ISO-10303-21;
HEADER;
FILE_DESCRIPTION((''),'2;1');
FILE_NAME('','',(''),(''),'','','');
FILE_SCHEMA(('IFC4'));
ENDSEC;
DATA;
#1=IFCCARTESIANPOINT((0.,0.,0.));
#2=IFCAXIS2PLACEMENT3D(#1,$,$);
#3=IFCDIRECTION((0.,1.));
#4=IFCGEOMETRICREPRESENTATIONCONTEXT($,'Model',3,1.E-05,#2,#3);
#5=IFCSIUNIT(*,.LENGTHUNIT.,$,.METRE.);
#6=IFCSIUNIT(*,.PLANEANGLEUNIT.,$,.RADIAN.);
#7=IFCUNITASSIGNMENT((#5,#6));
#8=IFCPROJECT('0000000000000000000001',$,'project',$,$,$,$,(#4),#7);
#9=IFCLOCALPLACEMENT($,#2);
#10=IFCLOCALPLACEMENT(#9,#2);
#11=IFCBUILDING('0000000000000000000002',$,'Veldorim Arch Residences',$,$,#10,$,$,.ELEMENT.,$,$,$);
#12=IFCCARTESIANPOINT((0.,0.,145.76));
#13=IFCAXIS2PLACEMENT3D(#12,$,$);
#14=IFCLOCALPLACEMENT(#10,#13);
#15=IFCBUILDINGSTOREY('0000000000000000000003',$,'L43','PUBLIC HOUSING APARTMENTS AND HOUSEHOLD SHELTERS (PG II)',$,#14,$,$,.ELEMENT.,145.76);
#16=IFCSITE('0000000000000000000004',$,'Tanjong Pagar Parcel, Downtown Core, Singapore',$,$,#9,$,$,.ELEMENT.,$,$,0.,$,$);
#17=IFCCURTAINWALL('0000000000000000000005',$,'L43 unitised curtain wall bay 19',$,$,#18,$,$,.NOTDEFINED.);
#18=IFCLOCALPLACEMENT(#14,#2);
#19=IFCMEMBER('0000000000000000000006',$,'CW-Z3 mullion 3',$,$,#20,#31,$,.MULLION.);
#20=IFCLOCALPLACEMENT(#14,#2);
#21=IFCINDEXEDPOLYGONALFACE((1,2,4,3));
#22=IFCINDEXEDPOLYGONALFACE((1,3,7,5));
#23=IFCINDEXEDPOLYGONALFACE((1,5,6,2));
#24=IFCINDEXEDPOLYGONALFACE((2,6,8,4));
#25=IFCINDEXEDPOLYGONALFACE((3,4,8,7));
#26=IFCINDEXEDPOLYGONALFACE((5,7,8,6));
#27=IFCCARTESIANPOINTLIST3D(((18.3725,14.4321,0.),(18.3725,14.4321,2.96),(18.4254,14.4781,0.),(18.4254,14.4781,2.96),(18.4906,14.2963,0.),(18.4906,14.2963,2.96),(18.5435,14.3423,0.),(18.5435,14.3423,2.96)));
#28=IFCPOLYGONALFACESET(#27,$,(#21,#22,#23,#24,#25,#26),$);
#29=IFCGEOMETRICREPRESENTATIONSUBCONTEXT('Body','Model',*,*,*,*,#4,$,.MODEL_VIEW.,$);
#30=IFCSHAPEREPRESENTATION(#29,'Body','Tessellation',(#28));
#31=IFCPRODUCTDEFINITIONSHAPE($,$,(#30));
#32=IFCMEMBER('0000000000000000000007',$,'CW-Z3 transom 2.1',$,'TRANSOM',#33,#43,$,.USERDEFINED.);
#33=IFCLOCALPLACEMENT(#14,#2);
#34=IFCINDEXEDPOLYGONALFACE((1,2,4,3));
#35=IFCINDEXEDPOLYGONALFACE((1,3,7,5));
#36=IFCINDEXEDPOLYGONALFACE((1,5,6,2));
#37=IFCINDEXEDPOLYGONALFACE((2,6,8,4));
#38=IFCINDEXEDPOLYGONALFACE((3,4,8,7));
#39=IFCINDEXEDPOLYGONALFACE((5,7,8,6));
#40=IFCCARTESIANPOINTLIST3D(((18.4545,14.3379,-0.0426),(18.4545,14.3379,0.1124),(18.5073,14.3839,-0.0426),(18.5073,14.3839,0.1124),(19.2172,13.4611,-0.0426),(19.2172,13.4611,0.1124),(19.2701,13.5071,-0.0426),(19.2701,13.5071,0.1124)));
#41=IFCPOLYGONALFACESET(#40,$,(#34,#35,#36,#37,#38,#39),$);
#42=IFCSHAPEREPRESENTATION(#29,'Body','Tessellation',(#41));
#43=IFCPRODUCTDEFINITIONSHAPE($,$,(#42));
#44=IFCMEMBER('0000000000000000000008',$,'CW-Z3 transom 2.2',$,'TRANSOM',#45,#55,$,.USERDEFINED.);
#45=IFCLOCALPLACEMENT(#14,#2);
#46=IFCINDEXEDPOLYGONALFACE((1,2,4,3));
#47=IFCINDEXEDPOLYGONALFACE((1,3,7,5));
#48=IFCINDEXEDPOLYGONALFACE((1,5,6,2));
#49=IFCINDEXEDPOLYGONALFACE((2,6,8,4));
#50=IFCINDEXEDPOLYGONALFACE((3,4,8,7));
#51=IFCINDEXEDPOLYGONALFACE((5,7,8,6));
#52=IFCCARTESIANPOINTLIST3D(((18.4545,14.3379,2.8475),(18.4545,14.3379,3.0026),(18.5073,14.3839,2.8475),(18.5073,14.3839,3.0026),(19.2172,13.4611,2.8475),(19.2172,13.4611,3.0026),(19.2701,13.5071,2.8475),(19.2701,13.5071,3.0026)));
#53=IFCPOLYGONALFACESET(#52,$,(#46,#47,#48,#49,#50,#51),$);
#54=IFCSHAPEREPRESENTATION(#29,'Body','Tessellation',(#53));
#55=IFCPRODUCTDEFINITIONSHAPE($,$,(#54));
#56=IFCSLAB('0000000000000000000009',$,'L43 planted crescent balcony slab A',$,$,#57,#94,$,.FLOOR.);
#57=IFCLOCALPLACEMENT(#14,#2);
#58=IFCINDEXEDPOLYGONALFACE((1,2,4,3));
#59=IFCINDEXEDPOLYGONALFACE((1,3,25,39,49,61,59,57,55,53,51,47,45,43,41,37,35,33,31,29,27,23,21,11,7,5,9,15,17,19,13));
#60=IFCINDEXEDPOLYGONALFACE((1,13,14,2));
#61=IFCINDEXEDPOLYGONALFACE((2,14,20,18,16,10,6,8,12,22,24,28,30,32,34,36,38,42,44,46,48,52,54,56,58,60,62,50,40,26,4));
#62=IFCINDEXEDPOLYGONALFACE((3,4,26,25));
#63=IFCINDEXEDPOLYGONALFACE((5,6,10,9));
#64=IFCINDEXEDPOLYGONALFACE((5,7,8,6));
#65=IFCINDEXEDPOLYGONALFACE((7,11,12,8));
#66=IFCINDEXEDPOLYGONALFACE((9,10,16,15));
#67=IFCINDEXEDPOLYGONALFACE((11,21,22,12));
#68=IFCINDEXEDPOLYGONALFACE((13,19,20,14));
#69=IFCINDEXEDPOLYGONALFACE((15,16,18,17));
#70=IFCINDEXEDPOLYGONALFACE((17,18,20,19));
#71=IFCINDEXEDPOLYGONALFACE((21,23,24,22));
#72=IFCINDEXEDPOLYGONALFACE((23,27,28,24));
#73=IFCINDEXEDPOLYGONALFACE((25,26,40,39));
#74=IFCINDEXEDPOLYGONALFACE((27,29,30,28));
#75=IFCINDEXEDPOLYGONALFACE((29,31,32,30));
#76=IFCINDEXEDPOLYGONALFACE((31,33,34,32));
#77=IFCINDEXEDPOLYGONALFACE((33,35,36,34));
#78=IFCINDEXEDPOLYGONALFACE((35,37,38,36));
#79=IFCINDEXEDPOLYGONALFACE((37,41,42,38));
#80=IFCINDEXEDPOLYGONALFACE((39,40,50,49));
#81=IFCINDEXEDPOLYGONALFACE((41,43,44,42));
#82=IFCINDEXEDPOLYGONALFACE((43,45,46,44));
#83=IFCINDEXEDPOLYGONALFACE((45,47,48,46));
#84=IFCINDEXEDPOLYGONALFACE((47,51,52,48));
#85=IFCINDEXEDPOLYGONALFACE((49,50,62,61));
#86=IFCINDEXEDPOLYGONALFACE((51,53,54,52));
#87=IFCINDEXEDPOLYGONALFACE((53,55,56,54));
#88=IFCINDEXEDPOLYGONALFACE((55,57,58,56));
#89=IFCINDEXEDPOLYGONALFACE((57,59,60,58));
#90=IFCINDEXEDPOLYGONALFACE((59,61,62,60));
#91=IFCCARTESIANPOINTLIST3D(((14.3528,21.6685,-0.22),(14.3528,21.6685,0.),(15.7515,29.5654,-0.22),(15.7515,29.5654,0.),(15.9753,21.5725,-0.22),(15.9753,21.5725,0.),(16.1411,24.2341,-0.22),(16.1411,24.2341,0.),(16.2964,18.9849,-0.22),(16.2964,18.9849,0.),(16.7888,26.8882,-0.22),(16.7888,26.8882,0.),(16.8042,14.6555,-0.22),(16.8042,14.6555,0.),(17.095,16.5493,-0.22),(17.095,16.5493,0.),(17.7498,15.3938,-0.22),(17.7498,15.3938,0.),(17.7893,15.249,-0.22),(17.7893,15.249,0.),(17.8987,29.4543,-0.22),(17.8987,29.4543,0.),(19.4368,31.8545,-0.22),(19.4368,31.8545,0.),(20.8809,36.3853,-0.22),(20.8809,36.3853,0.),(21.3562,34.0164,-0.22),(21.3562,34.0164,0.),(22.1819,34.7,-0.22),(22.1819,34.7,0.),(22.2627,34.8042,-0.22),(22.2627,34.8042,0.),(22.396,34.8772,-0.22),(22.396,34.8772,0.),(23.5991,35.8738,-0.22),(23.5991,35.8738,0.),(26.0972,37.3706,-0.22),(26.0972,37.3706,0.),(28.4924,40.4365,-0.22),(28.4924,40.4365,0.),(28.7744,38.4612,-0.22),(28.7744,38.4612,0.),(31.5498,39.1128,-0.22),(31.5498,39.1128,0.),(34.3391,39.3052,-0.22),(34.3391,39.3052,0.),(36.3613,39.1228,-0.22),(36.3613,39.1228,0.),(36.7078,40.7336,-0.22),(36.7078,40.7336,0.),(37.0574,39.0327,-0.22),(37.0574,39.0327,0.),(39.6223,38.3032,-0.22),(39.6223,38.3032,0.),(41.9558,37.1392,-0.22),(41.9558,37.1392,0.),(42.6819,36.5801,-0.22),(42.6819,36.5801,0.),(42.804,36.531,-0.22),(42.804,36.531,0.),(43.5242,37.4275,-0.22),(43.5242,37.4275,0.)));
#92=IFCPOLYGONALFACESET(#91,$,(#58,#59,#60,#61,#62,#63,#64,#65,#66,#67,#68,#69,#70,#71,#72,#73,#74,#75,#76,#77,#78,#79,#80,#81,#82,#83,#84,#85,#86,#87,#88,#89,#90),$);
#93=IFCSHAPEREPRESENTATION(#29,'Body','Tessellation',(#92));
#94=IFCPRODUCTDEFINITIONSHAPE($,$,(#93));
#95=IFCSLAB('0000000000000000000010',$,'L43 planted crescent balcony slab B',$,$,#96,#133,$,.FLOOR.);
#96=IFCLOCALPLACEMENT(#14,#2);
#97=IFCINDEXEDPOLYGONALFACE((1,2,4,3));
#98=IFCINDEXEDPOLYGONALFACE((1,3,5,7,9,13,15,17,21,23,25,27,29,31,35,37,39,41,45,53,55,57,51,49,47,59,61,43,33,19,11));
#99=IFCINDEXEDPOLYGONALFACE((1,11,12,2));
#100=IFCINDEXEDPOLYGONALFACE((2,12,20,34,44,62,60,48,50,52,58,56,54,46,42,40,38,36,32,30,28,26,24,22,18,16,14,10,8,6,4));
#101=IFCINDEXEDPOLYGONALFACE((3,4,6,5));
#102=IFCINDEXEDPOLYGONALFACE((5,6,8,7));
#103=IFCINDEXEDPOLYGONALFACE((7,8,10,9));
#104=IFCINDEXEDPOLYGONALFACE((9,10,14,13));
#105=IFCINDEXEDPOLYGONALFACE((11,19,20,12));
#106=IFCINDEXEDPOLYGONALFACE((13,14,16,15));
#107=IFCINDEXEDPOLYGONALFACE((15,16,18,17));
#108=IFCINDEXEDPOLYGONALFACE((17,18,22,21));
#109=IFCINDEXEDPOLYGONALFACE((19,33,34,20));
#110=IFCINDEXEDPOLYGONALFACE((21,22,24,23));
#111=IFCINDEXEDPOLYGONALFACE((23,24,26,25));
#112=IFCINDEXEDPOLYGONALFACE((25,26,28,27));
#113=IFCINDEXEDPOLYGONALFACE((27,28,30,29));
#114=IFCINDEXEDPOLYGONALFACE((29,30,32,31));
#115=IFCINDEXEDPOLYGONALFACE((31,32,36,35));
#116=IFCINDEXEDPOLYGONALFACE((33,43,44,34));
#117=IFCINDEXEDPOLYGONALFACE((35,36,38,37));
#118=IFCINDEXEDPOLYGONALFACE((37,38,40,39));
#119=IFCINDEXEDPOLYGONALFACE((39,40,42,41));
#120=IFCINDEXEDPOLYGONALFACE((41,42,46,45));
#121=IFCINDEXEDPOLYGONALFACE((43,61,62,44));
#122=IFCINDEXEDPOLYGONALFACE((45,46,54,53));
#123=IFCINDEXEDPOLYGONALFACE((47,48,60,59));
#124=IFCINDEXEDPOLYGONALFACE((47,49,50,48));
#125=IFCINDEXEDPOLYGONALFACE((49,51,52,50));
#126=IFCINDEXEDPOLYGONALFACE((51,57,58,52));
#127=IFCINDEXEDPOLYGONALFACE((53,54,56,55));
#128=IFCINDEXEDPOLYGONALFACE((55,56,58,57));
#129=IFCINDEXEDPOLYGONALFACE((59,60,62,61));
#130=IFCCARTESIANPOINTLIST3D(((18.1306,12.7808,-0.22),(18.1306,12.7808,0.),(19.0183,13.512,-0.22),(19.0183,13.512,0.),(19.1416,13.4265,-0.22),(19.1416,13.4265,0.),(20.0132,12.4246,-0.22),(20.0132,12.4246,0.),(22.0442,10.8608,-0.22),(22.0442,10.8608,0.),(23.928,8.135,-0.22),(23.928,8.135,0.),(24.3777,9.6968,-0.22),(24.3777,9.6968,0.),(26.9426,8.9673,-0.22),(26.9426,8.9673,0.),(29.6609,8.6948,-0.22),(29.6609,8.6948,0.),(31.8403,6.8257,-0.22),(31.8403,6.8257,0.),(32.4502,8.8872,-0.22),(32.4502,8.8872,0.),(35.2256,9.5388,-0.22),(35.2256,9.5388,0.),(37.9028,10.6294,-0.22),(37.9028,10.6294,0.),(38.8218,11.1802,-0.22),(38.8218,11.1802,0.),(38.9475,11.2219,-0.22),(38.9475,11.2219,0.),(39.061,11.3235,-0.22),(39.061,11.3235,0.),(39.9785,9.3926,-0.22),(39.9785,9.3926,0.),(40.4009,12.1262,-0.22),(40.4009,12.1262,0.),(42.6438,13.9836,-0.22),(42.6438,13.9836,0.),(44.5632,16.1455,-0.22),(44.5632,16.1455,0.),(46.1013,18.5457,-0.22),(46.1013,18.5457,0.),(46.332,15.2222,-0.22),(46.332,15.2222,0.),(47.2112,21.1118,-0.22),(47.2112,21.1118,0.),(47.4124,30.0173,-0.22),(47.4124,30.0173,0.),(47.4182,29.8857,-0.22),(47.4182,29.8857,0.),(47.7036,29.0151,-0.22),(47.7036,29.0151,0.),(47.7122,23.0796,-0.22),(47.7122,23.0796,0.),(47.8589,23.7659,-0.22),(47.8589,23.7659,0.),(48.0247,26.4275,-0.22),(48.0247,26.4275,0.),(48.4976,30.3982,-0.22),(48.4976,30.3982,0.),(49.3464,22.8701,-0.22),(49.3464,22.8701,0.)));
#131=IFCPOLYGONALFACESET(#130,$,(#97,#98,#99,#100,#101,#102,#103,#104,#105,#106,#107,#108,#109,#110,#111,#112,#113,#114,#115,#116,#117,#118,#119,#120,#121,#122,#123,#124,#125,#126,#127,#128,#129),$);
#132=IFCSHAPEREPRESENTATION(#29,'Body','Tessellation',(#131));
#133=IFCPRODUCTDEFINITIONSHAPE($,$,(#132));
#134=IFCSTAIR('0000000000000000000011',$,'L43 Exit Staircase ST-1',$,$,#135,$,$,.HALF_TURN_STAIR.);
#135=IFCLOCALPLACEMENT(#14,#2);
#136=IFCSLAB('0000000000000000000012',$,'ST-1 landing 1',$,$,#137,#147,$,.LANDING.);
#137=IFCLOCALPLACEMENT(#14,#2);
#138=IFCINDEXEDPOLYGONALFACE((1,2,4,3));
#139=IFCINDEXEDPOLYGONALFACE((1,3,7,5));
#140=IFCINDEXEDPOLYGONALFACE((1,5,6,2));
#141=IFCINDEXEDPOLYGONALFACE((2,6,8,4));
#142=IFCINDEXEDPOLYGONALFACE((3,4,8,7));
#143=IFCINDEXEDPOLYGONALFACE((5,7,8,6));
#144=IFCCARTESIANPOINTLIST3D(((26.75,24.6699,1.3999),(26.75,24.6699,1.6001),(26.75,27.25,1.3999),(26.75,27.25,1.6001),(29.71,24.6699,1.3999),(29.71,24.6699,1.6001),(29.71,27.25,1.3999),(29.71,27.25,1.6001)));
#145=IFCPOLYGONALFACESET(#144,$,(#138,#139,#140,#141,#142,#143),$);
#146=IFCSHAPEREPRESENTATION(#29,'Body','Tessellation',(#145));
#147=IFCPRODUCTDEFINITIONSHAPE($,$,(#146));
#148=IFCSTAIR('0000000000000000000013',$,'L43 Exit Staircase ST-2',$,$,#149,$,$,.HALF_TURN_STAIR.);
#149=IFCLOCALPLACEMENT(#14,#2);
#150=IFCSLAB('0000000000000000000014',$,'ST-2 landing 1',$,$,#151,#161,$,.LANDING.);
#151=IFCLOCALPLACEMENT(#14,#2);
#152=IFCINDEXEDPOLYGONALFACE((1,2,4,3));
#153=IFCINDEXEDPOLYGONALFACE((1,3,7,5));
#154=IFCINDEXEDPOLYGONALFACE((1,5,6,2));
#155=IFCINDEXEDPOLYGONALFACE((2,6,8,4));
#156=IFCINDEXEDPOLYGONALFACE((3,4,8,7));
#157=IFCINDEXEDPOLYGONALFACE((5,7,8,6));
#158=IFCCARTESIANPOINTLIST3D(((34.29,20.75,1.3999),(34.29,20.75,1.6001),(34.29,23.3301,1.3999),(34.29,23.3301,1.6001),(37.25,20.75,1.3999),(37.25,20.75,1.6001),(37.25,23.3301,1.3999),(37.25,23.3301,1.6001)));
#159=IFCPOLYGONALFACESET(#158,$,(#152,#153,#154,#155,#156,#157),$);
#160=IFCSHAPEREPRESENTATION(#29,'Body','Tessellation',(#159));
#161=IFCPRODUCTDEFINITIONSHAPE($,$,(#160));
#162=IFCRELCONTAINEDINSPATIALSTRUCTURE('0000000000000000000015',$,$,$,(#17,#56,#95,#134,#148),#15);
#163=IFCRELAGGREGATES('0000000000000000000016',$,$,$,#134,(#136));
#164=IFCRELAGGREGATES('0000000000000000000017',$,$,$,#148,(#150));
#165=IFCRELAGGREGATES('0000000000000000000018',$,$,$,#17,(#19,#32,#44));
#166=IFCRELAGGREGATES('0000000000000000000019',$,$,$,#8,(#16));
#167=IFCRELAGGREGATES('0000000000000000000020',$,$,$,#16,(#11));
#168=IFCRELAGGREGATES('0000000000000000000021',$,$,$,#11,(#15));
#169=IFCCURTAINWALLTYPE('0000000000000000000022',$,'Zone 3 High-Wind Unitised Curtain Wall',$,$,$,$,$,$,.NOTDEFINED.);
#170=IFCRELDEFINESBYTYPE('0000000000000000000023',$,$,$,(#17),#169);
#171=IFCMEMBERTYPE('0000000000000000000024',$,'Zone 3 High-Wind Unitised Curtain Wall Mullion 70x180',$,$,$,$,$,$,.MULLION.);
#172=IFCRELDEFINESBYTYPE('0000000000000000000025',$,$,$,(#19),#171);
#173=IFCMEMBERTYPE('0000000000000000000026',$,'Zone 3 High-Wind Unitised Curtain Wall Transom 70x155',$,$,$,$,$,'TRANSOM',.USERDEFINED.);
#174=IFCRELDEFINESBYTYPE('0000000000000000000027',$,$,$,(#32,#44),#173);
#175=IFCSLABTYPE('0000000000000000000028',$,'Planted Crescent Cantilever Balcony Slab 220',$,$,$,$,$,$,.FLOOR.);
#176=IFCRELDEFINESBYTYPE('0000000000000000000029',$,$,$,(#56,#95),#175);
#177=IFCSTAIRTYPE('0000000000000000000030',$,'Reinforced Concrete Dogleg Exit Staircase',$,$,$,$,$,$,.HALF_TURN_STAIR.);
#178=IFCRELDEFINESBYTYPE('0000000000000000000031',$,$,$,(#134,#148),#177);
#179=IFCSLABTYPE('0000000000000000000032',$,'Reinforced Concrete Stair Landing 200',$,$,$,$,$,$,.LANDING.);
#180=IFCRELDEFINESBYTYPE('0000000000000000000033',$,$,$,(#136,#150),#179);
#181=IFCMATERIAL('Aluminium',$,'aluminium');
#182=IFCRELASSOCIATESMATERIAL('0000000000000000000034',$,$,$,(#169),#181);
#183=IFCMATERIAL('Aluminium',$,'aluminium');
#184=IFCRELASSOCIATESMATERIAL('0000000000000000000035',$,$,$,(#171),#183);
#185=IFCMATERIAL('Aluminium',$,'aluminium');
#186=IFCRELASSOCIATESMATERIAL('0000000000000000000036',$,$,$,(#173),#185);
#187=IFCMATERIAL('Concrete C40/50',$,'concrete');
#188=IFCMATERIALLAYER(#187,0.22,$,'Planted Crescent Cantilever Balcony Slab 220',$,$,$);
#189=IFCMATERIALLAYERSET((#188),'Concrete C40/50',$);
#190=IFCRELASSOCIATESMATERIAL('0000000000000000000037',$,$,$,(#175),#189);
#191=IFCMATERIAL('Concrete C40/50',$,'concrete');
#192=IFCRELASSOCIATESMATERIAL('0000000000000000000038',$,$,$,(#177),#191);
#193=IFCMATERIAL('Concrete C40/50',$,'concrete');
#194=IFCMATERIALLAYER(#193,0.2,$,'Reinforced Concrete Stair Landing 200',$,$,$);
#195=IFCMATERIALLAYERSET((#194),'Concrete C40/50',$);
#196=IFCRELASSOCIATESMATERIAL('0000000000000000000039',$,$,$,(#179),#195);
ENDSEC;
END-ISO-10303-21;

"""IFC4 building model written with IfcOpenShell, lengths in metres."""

from ifc_helpers import new_model, si_unit, direction, frame, origin, origin_2d, place, context, subcontext, project, spatial, polyline, rectangle, outline, extrude, material, layer, layer_set, material_profile, profile_set, type_object, element, aggregate, save


model = new_model("IFC4")

# Units and contexts
model_context = context("Model", 3, precision=1e-05, world=origin(), true_north=direction((0.0, 1.0)))
body_context = subcontext(model_context, "Body", "Model", "MODEL_VIEW")
ifc_project = project(units=[si_unit("LENGTHUNIT", "METRE"), si_unit("PLANEANGLEUNIT", "RADIAN")], contexts=[model_context])

# Site, building, storey
site_placement = place(None, origin())
site = spatial("IfcSite", under=ifc_project, at=site_placement, Name="Tanjong Pagar Parcel, Downtown Core, Singapore", CompositionType="ELEMENT", RefElevation=0.0)
building_placement = place(site_placement, origin())
building = spatial("IfcBuilding", under=site, at=building_placement, Name="Veldorim Arch Residences", CompositionType="ELEMENT")
storey_placement = place(building_placement, frame((0.0, 0.0, 145.76)))
storey = spatial("IfcBuildingStorey", under=building, at=storey_placement, Name="L43", Description="PUBLIC HOUSING APARTMENTS AND HOUSEHOLD SHELTERS (PG II)", CompositionType="ELEMENT", Elevation=145.76)

# Curtain wall, members
ifc_material_1 = material(Name="Aluminium", Category="aluminium")
curtain_wall_type = type_object("IfcCurtainWallType", Name="Zone 3 High-Wind Unitised Curtain Wall", PredefinedType="NOTDEFINED", material=ifc_material_1)
curtain_wall_placement = place(storey_placement, origin())
curtain_wall = element("IfcCurtainWall", 1, at=curtain_wall_placement, inside=storey, type_object=curtain_wall_type, Name="L43 unitised curtain wall bay 19", PredefinedType="NOTDEFINED")
ifc_material_2 = material(Name="Aluminium", Category="aluminium")
ifc_material_profile_1 = material_profile(ifc_material_2, rectangle(XDim=0.0701, YDim=0.1799, at=origin_2d()), Name="ALU_MUL_70x180")
ifc_profile_set_1 = profile_set([ifc_material_profile_1], Name="Aluminium")
member_type_1 = type_object("IfcMemberType", Name="Zone 3 High-Wind Unitised Curtain Wall Mullion 70x180", PredefinedType="MULLION", material=ifc_profile_set_1)
member_1_placement = place(storey_placement, frame((18.458, 14.3872, 0.0), z_axis=(0.0, 0.0, 1.0), x_axis=(-0.7544, -0.656415, 0.0)))
member_1 = element("IfcMember", 2, at=member_1_placement, type_object=member_type_1, Name="CW-Z3 mullion 3", PredefinedType="MULLION", context=body_context, shape_type="SweptSolid", body=[
    extrude(rectangle(XDim=0.0701, YDim=0.1799, at=origin_2d()), origin(), (0.0, 0.0, 1.0), 2.96),
])
ifc_material_3 = material(Name="Aluminium", Category="aluminium")
ifc_material_profile_2 = material_profile(ifc_material_3, rectangle(XDim=0.0701, YDim=0.155, at=origin_2d()), Name="ALU_TRN_70x155")
ifc_profile_set_2 = profile_set([ifc_material_profile_2], Name="Aluminium")
member_type_2 = type_object("IfcMemberType", Name="Zone 3 High-Wind Unitised Curtain Wall Transom 70x155", ElementType="TRANSOM", PredefinedType="USERDEFINED", material=ifc_profile_set_2)
member_2_placement = place(storey_placement, frame((19.2437, 13.4841, 0.0349), z_axis=(-0.656345, 0.754461, 0.0), x_axis=(-0.754461, -0.656345, 0.0)))
member_2 = element("IfcMember", 3, at=member_2_placement, type_object=member_type_2, Name="CW-Z3 transom 2.1", ObjectType="TRANSOM", PredefinedType="USERDEFINED", context=body_context, shape_type="SweptSolid", body=[
    extrude(rectangle(XDim=0.0701, YDim=0.155, at=origin_2d()), origin(), (0.0, 0.0, 1.0), 1.1621),
])
member_3_placement = place(storey_placement, frame((19.2437, 13.4841, 2.925), z_axis=(-0.656345, 0.754461, 0.0), x_axis=(-0.754461, -0.656345, 0.0)))
member_3 = element("IfcMember", 4, at=member_3_placement, type_object=member_type_2, Name="CW-Z3 transom 2.2", ObjectType="TRANSOM", PredefinedType="USERDEFINED", context=body_context, shape_type="SweptSolid", body=[
    extrude(rectangle(XDim=0.0701, YDim=0.155, at=origin_2d()), origin(), (0.0, 0.0, 1.0), 1.1621),
])

# Slabs
ifc_material_4 = material(Name="Concrete C40/50", Category="concrete")
ifc_layer_1 = layer(ifc_material_4, 0.22, Name="Planted Crescent Cantilever Balcony Slab 220")
ifc_layer_set_1 = layer_set([ifc_layer_1], Name="Concrete C40/50")
slab_type_1 = type_object("IfcSlabType", Name="Planted Crescent Cantilever Balcony Slab 220", PredefinedType="FLOOR", material=ifc_layer_set_1)
slab_1_placement = place(storey_placement, frame((0.0, 0.0, -0.22)))
element("IfcSlab", 5, at=slab_1_placement, inside=storey, type_object=slab_type_1, Name="L43 planted crescent balcony slab A", PredefinedType="FLOOR", context=body_context, shape_type="SweptSolid", body=[
    extrude(outline(polyline([(42.6819, 36.5801), (41.9558, 37.1392), (39.6223, 38.3032), (37.0574, 39.0327), (36.3613, 39.1228), (34.3391, 39.3052), (31.5498, 39.1128), (28.7744, 38.4612), (26.0972, 37.3706), (23.5991, 35.8738), (22.396, 34.8772), (22.2627, 34.8042), (22.1819, 34.7), (21.3562, 34.0164), (19.4368, 31.8545), (17.8987, 29.4543), (16.7888, 26.8882), (16.1411, 24.2341), (15.9753, 21.5725), (16.2964, 18.9849), (17.095, 16.5493), (17.7498, 15.3938), (17.7893, 15.249), (16.8042, 14.6555), (14.3528, 21.6685), (15.7515, 29.5654), (20.8809, 36.3853), (28.4924, 40.4365), (36.7078, 40.7336), (43.5242, 37.4275), (42.804, 36.531), (42.6819, 36.5801)])), origin(), (0.0, 0.0, 1.0), 0.22),
])
slab_2_placement = place(storey_placement, frame((0.0, 0.0, -0.22)))
element("IfcSlab", 6, at=slab_2_placement, inside=storey, type_object=slab_type_1, Name="L43 planted crescent balcony slab B", PredefinedType="FLOOR", context=body_context, shape_type="SweptSolid", body=[
    extrude(outline(polyline([(19.1416, 13.4265), (20.0132, 12.4246), (22.0442, 10.8608), (24.3777, 9.6968), (26.9426, 8.9673), (29.6609, 8.6948), (32.4502, 8.8872), (35.2256, 9.5388), (37.9028, 10.6294), (38.8218, 11.1802), (38.9475, 11.2219), (39.061, 11.3235), (40.4009, 12.1262), (42.6438, 13.9836), (44.5632, 16.1455), (46.1013, 18.5457), (47.2112, 21.1118), (47.7122, 23.0796), (47.8589, 23.7659), (48.0247, 26.4275), (47.7036, 29.0151), (47.4182, 29.8857), (47.4124, 30.0173), (48.4976, 30.3982), (49.3464, 22.8701), (46.332, 15.2222), (39.9785, 9.3926), (31.8403, 6.8257), (23.928, 8.135), (18.1306, 12.7808), (19.0183, 13.512), (19.1416, 13.4265)])), origin(), (0.0, 0.0, 1.0), 0.22),
])

# Stairs, slabs
ifc_material_5 = material(Name="Concrete C40/50", Category="concrete")
stair_type = type_object("IfcStairType", Name="Reinforced Concrete Dogleg Exit Staircase", PredefinedType="HALF_TURN_STAIR", material=ifc_material_5)
stair_1_placement = place(storey_placement, origin())
stair_1 = element("IfcStair", 7, at=stair_1_placement, inside=storey, type_object=stair_type, Name="L43 Exit Staircase ST-1", PredefinedType="HALF_TURN_STAIR")
ifc_material_6 = material(Name="Concrete C40/50", Category="concrete")
ifc_layer_2 = layer(ifc_material_6, 0.2, Name="Reinforced Concrete Stair Landing 200")
ifc_layer_set_2 = layer_set([ifc_layer_2], Name="Concrete C40/50")
slab_type_2 = type_object("IfcSlabType", Name="Reinforced Concrete Stair Landing 200", PredefinedType="LANDING", material=ifc_layer_set_2)
slab_3_placement = place(storey_placement, frame((0.0, 0.0, 1.3999)))
slab_3 = element("IfcSlab", 8, at=slab_3_placement, type_object=slab_type_2, Name="ST-1 landing 1", PredefinedType="LANDING", context=body_context, shape_type="SweptSolid", body=[
    extrude(outline(polyline([(29.71, 24.6699), (29.71, 27.25), (26.75, 27.25), (26.75, 24.6699), (29.71, 24.6699)])), origin(), (0.0, 0.0, 1.0), 0.2002),
])
aggregate(stair_1, [slab_3])
stair_2_placement = place(storey_placement, origin())
stair_2 = element("IfcStair", 9, at=stair_2_placement, inside=storey, type_object=stair_type, Name="L43 Exit Staircase ST-2", PredefinedType="HALF_TURN_STAIR")
slab_4_placement = place(storey_placement, frame((0.0, 0.0, 1.3999)))
slab_4 = element("IfcSlab", 10, at=slab_4_placement, type_object=slab_type_2, Name="ST-2 landing 1", PredefinedType="LANDING", context=body_context, shape_type="SweptSolid", body=[
    extrude(outline(polyline([(34.29, 23.3301), (34.29, 20.75), (37.25, 20.75), (37.25, 23.3301), (34.29, 23.3301)])), origin(), (0.0, 0.0, 1.0), 0.2002),
])
aggregate(stair_2, [slab_4])

aggregate(curtain_wall, [member_1, member_2, member_3])

save(model, "model.ifc")
